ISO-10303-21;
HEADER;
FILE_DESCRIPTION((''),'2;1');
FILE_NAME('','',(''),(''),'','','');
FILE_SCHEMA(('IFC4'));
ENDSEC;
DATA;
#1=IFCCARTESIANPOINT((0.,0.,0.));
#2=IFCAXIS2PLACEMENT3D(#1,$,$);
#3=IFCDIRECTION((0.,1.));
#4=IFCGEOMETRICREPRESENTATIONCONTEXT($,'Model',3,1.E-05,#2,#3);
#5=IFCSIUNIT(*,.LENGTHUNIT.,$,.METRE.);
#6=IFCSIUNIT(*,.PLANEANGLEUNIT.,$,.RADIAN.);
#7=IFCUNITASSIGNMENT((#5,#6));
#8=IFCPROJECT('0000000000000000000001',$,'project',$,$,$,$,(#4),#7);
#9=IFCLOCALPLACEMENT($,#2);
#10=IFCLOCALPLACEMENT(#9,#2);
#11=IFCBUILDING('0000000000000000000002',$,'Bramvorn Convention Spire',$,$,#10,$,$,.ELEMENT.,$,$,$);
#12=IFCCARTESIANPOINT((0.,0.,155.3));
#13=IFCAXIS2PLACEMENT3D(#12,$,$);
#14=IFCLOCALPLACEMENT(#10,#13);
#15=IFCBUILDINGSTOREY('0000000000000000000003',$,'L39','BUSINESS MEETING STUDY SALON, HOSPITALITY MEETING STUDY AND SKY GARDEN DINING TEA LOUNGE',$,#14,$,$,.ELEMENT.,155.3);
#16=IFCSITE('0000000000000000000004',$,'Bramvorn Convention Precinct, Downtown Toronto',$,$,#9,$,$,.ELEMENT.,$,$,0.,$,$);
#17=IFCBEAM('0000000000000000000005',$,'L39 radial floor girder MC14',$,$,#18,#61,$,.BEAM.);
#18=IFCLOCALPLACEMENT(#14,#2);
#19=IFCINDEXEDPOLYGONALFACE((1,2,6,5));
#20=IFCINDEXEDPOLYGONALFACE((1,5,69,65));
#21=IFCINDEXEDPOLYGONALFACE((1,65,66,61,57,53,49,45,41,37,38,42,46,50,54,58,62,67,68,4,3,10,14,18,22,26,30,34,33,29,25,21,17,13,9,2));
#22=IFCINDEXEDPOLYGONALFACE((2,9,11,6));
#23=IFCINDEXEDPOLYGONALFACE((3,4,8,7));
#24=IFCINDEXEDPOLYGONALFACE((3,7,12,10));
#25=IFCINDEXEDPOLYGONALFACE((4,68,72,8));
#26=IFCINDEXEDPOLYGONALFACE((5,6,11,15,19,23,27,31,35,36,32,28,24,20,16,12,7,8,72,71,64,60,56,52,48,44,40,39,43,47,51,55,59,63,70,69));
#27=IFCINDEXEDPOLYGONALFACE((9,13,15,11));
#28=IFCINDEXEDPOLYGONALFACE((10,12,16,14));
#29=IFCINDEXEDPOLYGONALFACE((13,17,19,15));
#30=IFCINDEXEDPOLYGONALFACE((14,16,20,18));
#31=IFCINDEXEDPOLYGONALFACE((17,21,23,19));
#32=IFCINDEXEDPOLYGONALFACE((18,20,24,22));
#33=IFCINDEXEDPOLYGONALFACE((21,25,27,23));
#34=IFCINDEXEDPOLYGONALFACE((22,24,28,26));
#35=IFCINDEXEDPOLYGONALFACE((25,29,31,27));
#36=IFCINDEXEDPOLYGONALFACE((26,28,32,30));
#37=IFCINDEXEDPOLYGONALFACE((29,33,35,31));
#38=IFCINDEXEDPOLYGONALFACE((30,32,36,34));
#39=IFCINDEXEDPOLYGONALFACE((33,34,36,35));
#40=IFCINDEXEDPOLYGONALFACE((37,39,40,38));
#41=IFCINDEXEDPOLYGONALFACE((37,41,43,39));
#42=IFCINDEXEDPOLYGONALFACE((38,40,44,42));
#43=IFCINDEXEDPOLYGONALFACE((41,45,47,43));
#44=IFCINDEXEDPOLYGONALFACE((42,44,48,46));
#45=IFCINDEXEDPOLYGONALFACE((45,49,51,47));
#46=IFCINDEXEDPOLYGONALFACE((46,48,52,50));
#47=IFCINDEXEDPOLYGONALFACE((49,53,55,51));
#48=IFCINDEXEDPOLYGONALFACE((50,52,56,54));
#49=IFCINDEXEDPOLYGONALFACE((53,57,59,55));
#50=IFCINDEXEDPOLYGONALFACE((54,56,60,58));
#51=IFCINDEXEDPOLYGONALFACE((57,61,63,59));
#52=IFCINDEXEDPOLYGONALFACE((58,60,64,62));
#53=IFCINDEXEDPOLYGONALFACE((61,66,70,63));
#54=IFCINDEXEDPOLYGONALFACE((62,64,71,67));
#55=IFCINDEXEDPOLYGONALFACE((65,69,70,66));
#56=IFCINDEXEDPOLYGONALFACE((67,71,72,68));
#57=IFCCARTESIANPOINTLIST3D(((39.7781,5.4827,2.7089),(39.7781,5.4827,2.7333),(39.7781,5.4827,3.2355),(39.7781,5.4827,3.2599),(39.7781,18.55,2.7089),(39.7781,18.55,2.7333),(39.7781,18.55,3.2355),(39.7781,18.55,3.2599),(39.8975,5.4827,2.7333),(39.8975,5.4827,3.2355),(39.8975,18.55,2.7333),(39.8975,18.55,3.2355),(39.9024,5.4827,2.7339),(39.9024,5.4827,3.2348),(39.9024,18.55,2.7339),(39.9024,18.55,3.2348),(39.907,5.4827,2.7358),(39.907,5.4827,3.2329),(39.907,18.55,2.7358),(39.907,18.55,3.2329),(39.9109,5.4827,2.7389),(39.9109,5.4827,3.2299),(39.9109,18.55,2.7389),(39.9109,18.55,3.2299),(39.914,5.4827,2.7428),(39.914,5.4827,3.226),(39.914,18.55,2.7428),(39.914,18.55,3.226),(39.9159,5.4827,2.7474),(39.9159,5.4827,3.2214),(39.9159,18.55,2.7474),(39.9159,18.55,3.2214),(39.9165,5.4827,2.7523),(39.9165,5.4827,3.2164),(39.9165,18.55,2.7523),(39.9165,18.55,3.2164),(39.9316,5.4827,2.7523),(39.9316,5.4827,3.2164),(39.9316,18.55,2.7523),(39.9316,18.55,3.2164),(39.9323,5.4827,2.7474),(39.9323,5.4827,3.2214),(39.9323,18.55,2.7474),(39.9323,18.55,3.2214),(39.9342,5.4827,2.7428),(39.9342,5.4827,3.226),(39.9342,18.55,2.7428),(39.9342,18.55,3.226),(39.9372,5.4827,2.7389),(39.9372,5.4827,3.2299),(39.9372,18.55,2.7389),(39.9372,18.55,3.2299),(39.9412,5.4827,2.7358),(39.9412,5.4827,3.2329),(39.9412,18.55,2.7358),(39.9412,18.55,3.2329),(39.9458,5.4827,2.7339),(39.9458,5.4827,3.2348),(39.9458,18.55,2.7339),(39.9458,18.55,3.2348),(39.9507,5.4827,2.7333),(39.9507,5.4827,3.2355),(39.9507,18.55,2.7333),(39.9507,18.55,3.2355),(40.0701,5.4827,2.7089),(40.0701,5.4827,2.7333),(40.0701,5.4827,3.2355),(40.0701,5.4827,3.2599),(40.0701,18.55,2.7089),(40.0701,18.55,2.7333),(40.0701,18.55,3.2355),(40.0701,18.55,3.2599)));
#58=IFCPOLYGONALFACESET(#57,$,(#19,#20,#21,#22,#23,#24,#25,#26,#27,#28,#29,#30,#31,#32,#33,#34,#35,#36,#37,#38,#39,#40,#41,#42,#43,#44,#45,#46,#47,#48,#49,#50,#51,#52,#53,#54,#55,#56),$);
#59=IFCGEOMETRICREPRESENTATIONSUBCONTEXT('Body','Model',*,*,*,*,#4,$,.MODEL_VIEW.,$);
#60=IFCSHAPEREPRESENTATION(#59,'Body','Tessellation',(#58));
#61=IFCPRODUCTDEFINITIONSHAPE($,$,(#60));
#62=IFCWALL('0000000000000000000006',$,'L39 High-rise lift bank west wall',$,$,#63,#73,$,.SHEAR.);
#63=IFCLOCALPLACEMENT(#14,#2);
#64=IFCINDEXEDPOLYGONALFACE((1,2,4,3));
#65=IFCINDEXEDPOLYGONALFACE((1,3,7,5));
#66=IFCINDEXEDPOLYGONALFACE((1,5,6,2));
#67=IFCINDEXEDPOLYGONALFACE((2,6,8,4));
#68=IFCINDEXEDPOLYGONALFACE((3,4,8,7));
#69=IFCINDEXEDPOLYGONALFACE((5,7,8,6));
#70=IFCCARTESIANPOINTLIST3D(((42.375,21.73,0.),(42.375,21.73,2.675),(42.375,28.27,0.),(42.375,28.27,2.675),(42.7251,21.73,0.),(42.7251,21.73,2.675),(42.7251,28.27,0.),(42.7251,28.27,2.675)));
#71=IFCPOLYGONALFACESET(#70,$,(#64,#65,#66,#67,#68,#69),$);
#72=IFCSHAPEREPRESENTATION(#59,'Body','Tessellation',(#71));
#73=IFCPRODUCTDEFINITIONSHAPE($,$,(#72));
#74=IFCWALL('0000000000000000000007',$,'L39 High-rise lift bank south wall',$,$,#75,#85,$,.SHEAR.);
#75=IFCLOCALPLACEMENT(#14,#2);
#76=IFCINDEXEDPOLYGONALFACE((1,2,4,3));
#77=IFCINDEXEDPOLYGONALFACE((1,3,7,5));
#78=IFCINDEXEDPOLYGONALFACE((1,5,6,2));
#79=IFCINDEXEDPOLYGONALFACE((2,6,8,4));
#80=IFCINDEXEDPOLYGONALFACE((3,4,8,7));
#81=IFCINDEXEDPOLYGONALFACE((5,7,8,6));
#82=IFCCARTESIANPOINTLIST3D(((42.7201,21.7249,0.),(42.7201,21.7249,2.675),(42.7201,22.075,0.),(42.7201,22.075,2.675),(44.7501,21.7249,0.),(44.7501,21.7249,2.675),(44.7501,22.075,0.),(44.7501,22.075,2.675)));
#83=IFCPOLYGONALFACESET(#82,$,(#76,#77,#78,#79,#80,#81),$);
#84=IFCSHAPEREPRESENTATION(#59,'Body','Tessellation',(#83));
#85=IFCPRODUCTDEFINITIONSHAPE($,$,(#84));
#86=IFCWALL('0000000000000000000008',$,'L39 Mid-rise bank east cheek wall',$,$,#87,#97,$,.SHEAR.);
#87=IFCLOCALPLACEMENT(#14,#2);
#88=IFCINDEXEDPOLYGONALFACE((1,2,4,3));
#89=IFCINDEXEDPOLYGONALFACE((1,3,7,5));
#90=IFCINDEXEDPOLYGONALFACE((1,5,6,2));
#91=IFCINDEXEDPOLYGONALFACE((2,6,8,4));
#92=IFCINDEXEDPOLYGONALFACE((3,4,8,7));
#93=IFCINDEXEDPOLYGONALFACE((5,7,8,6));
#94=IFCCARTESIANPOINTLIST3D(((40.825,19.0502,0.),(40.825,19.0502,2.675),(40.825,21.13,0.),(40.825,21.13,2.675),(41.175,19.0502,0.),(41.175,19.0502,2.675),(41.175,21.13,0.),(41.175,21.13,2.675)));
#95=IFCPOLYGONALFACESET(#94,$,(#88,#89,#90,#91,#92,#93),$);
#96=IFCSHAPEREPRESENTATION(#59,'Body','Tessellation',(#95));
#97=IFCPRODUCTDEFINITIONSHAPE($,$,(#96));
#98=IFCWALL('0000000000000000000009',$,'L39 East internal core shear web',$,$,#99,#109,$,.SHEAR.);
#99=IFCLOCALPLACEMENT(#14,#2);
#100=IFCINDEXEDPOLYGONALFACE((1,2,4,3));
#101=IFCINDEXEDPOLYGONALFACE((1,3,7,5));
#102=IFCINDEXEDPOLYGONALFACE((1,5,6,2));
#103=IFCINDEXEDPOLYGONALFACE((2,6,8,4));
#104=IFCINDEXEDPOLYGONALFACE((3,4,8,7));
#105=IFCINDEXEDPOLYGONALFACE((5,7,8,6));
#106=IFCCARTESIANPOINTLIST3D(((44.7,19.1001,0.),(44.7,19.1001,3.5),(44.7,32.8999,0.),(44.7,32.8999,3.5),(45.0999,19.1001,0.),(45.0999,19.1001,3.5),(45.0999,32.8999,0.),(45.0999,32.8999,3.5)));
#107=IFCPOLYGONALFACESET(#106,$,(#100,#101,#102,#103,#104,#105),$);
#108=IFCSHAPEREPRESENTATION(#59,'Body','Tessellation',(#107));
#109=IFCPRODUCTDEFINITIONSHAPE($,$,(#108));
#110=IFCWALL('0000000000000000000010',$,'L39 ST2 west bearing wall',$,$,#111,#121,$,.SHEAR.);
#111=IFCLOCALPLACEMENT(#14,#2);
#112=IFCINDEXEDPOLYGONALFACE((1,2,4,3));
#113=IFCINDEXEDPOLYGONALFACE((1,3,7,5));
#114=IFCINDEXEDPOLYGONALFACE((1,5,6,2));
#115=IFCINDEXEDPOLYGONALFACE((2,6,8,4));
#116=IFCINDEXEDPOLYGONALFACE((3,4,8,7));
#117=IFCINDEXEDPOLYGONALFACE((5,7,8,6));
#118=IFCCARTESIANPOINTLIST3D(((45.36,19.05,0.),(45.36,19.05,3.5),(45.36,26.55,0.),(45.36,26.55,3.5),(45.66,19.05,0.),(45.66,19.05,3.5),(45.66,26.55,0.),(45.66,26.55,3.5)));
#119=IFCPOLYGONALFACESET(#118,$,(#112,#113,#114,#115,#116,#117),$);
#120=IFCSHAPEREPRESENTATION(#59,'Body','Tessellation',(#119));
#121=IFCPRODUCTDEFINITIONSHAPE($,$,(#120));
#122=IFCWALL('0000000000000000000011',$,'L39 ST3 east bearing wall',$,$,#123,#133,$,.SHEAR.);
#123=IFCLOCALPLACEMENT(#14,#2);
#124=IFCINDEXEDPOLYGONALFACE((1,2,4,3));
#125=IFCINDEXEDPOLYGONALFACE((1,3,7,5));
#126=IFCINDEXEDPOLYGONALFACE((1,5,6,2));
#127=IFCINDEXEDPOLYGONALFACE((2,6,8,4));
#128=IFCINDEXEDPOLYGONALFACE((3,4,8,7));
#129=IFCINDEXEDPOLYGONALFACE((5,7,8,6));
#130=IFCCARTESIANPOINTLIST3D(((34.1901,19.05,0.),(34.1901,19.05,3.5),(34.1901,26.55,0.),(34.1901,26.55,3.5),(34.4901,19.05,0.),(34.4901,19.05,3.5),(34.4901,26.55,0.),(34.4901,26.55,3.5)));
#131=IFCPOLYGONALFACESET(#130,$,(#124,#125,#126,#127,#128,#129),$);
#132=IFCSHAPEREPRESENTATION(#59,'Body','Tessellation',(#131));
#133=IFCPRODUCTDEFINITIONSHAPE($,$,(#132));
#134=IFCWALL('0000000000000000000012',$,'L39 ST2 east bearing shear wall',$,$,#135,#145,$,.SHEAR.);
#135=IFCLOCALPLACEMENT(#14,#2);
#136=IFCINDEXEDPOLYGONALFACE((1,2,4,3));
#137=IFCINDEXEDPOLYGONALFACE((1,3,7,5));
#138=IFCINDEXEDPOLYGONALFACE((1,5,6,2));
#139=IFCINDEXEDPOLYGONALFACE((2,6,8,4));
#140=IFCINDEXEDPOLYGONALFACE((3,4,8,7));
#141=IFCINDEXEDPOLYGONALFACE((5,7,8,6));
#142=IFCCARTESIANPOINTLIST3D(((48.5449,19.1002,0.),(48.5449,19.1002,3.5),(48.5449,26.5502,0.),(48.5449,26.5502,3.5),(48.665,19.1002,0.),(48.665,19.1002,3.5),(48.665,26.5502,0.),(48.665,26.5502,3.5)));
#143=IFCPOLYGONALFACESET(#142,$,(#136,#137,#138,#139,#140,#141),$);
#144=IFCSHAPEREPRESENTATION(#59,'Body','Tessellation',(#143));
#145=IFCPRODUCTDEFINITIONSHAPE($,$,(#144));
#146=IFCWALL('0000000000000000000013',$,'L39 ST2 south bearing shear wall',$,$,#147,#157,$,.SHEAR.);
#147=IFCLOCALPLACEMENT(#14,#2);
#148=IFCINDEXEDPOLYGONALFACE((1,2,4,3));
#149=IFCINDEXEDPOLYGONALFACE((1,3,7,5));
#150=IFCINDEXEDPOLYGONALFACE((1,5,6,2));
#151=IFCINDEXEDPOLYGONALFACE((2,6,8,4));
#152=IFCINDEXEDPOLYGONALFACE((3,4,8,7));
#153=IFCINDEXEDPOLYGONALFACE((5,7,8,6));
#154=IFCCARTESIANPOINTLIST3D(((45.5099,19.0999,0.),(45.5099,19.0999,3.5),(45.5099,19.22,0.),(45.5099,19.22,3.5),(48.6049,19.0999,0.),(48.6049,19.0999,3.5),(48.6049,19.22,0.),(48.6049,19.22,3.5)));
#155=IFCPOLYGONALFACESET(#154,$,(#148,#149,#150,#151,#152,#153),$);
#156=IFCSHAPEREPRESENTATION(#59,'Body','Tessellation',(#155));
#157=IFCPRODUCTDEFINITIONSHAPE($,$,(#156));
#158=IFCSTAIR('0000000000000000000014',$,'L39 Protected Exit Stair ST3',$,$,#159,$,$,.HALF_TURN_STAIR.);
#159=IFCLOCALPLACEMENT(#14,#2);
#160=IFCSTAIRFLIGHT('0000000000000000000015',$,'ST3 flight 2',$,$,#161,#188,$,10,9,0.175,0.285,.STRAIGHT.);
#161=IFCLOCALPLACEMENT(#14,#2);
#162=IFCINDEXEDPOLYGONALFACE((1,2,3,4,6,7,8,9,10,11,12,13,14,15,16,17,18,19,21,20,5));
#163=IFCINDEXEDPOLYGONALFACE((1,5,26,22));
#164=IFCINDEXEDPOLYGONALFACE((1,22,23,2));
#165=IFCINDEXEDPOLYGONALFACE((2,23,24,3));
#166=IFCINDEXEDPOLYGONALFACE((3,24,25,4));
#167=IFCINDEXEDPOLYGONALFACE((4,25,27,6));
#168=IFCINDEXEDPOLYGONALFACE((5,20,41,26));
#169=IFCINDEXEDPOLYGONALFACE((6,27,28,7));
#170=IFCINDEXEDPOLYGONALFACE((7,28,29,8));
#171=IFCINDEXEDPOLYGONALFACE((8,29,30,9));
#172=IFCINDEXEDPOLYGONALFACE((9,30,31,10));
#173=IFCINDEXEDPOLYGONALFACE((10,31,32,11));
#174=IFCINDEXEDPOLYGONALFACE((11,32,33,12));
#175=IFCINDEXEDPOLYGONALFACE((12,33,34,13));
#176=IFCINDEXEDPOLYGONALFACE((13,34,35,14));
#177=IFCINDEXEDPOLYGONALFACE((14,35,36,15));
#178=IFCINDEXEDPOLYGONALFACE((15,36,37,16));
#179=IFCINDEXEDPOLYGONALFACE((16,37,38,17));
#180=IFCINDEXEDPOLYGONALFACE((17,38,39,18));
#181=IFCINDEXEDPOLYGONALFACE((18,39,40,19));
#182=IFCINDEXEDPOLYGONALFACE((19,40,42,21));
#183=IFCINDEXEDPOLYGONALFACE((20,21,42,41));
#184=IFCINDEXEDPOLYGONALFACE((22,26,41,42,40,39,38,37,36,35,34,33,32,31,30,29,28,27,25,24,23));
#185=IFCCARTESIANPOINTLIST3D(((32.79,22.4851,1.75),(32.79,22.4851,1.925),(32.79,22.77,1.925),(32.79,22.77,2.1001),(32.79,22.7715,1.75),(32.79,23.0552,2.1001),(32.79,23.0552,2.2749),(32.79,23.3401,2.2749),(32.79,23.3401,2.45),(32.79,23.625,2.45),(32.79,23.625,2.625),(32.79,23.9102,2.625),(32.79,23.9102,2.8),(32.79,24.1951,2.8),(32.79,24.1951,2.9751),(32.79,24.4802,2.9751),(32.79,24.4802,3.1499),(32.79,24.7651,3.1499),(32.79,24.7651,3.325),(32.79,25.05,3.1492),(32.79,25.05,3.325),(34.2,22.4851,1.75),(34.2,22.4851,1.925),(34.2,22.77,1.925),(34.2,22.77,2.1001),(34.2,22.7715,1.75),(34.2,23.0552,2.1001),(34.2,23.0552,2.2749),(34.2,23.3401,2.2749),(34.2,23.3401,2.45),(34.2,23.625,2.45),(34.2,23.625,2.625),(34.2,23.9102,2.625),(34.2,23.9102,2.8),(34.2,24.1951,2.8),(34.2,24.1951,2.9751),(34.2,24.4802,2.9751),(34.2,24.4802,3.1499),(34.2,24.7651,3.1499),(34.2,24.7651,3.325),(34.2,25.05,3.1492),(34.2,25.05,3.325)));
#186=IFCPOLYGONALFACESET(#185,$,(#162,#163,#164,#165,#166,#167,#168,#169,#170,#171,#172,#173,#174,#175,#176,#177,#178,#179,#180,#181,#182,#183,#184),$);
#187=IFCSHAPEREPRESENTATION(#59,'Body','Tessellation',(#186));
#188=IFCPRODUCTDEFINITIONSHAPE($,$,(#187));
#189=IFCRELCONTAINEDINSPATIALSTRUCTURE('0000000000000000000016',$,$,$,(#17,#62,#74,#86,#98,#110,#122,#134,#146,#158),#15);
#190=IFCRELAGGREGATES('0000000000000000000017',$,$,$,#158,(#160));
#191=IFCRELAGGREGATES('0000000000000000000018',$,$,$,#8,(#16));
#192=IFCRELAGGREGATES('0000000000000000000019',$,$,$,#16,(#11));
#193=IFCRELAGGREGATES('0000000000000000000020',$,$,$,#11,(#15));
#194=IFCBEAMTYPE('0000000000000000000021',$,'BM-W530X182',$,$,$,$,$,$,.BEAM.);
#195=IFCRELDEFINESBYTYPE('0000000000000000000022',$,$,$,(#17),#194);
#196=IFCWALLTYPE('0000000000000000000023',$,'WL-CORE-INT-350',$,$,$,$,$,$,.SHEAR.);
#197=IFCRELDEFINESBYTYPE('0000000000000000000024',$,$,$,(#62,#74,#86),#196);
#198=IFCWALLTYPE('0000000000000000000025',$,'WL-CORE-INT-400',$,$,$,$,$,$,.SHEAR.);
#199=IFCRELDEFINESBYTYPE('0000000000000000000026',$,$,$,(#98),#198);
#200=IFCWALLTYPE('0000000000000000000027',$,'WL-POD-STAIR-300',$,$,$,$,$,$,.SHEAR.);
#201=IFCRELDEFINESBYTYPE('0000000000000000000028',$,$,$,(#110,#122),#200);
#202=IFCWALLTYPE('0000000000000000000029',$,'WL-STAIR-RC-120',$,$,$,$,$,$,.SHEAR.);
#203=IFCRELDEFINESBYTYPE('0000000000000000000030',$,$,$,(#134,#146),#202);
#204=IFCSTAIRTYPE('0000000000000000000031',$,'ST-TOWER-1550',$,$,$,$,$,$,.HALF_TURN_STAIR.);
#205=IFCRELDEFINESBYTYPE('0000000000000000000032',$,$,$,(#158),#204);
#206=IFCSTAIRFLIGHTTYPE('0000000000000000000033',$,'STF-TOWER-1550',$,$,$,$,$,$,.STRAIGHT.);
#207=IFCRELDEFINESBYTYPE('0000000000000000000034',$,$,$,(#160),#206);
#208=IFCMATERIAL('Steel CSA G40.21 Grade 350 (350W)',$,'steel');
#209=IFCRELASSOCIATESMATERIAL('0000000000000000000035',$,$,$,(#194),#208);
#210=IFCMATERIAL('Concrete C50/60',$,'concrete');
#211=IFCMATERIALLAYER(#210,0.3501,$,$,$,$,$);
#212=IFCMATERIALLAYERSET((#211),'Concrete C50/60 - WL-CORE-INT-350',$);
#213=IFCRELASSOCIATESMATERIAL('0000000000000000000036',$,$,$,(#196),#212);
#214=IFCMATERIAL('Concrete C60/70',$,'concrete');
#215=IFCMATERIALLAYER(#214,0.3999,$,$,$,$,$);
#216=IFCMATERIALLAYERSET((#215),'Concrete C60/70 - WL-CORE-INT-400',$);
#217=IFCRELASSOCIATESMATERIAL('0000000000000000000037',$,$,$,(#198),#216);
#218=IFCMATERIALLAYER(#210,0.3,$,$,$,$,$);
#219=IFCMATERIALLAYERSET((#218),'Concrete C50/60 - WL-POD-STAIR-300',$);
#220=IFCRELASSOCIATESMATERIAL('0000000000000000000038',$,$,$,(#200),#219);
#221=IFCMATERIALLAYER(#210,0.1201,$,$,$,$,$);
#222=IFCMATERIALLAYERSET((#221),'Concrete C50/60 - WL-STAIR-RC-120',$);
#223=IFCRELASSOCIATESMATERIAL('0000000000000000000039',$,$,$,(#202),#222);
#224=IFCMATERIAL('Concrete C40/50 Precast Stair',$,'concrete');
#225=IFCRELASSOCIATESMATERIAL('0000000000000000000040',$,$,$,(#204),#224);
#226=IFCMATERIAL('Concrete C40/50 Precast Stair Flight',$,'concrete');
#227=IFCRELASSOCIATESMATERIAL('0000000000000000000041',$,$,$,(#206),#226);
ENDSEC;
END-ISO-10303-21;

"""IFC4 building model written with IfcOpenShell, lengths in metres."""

from ifc_helpers import new_model, si_unit, direction, frame, frame_2d, origin, origin_2d, place, context, subcontext, project, spatial, polyline, rectangle, i_section, outline, extrude, material, layer, layer_set, material_profile, profile_set, type_object, element, aggregate, save


model = new_model("IFC4")

# Units and contexts
model_context = context("Model", 3, precision=1e-05, world=origin(), true_north=direction((0.0, 1.0)))
body_context = subcontext(model_context, "Body", "Model", "MODEL_VIEW")
ifc_project = project(units=[si_unit("LENGTHUNIT", "METRE"), si_unit("PLANEANGLEUNIT", "RADIAN")], contexts=[model_context])

# Site, building, storey
site_placement = place(None, origin())
site = spatial("IfcSite", under=ifc_project, at=site_placement, Name="Bramvorn Convention Precinct, Downtown Toronto", CompositionType="ELEMENT", RefElevation=0.0)
building_placement = place(site_placement, origin())
building = spatial("IfcBuilding", under=site, at=building_placement, Name="Bramvorn Convention Spire", CompositionType="ELEMENT")
storey_placement = place(building_placement, frame((0.0, 0.0, 155.3)))
storey = spatial("IfcBuildingStorey", under=building, at=storey_placement, Name="L39", Description="BUSINESS MEETING STUDY SALON, HOSPITALITY MEETING STUDY AND SKY GARDEN DINING TEA LOUNGE", CompositionType="ELEMENT", Elevation=155.3)

# Beam
ifc_material_1 = material(Name="Steel CSA G40.21 Grade 350 (350W)", Category="steel")
ifc_material_profile = material_profile(ifc_material_1, i_section(OverallWidth=0.292, OverallDepth=0.551, WebThickness=0.0151, FlangeThickness=0.0244, FilletRadius=0.019, at=origin_2d()))
ifc_profile_set = profile_set([ifc_material_profile], Name="Steel CSA G40.21 Grade 350 (350W) - W530X182")
beam_type = type_object("IfcBeamType", Name="BM-W530X182", PredefinedType="BEAM", material=ifc_profile_set)
beam_placement = place(storey_placement, frame((39.9241, 18.55, 2.9844), z_axis=(0.0, -1.0, 0.0), x_axis=(1.0, 0.0, 0.0)))
element("IfcBeam", 1, at=beam_placement, inside=storey, type_object=beam_type, Name="L39 radial floor girder MC14", PredefinedType="BEAM", context=body_context, shape_type="SweptSolid", body=[
    extrude(i_section(OverallWidth=0.292, OverallDepth=0.551, WebThickness=0.0151, FlangeThickness=0.0244, FilletRadius=0.019, at=origin_2d()), origin(), (0.0, 0.0, 1.0), 13.0674),
])

# Shared definitions
ifc_material_2 = material(Name="Concrete C60/70", Category="concrete")

# Walls
ifc_material_3 = material(Name="Concrete C50/60", Category="concrete")
ifc_layer_1 = layer(ifc_material_3, 0.3501)
ifc_layer_set_1 = layer_set([ifc_layer_1], Name="Concrete C50/60 - WL-CORE-INT-350")
wall_type_1 = type_object("IfcWallType", Name="WL-CORE-INT-350", PredefinedType="SHEAR", material=ifc_layer_set_1)
wall_1_placement = place(storey_placement, frame((42.55, 21.73, 0.0), z_axis=(0.0, 0.0, 1.0), x_axis=(0.0, 1.0, 0.0)))
element("IfcWall", 2, at=wall_1_placement, inside=storey, type_object=wall_type_1, Name="L39 High-rise lift bank west wall", PredefinedType="SHEAR", context=body_context, shape_type="SweptSolid", body=[
    extrude(rectangle(XDim=6.54, YDim=0.3501, at=frame_2d((3.27, 0.0))), origin(), (0.0, 0.0, 1.0), 2.675),
])
wall_2_placement = place(storey_placement, frame((42.72, 21.8999, 0.0), z_axis=(0.0, 0.0, 1.0), x_axis=(1.0, 0.0, 0.0)))
element("IfcWall", 3, at=wall_2_placement, inside=storey, type_object=wall_type_1, Name="L39 High-rise lift bank south wall", PredefinedType="SHEAR", context=body_context, shape_type="SweptSolid", body=[
    extrude(rectangle(XDim=2.03, YDim=0.3501, at=frame_2d((1.0151, 0.0))), origin(), (0.0, 0.0, 1.0), 2.675),
])

# Walls
wall_3_placement = place(storey_placement, frame((41.0, 19.05, 0.0), z_axis=(0.0, 0.0, 1.0), x_axis=(0.0, 1.0, 0.0)))
element("IfcWall", 4, at=wall_3_placement, inside=storey, type_object=wall_type_1, Name="L39 Mid-rise bank east cheek wall", PredefinedType="SHEAR", context=body_context, shape_type="SweptSolid", body=[
    extrude(rectangle(XDim=2.0798, YDim=0.3501, at=frame_2d((1.04, 0.0))), origin(), (0.0, 0.0, 1.0), 2.675),
])
ifc_layer_2 = layer(ifc_material_2, 0.3999)
ifc_layer_set_2 = layer_set([ifc_layer_2], Name="Concrete C60/70 - WL-CORE-INT-400")
wall_type_2 = type_object("IfcWallType", Name="WL-CORE-INT-400", PredefinedType="SHEAR", material=ifc_layer_set_2)
wall_4_placement = place(storey_placement, frame((44.8999, 19.1001, 0.0), z_axis=(0.0, 0.0, 1.0), x_axis=(0.0, 1.0, 0.0)))
element("IfcWall", 5, at=wall_4_placement, inside=storey, type_object=wall_type_2, Name="L39 East internal core shear web", PredefinedType="SHEAR", context=body_context, shape_type="SweptSolid", body=[
    extrude(rectangle(XDim=13.7998, YDim=0.3999, at=frame_2d((6.8999, 0.0))), origin(), (0.0, 0.0, 1.0), 3.5),
])
ifc_layer_3 = layer(ifc_material_3, 0.3)
ifc_layer_set_3 = layer_set([ifc_layer_3], Name="Concrete C50/60 - WL-POD-STAIR-300")
wall_type_3 = type_object("IfcWallType", Name="WL-POD-STAIR-300", PredefinedType="SHEAR", material=ifc_layer_set_3)
for number, where, z_axis, x_axis, name in (
    (6, (45.51, 19.05, 0.0), (0.0, 0.0, 1.0), (0.0, 1.0, 0.0), "L39 ST2 west bearing wall"),
    (7, (34.3401, 19.05, 0.0), (0.0, 0.0, 1.0), (0.0, 1.0, 0.0), "L39 ST3 east bearing wall"),
):
    element("IfcWall", number, at=place(storey_placement, frame(where, z_axis=z_axis, x_axis=x_axis)), inside=storey, type_object=wall_type_3, Name=name, PredefinedType="SHEAR", context=body_context, shape_type="SweptSolid", body=[
        extrude(rectangle(XDim=7.5, YDim=0.3, at=frame_2d((3.75, 0.0))), origin(), (0.0, 0.0, 1.0), 3.5),
    ])
ifc_layer_4 = layer(ifc_material_3, 0.1201)
ifc_layer_set_4 = layer_set([ifc_layer_4], Name="Concrete C50/60 - WL-STAIR-RC-120")
wall_type_4 = type_object("IfcWallType", Name="WL-STAIR-RC-120", PredefinedType="SHEAR", material=ifc_layer_set_4)
wall_5_placement = place(storey_placement, frame((48.605, 19.1001, 0.0), z_axis=(0.0, 0.0, 1.0), x_axis=(0.0, 1.0, 0.0)))
element("IfcWall", 8, at=wall_5_placement, inside=storey, type_object=wall_type_4, Name="L39 ST2 east bearing shear wall", PredefinedType="SHEAR", context=body_context, shape_type="SweptSolid", body=[
    extrude(rectangle(XDim=7.45, YDim=0.1201, at=frame_2d((3.7251, 0.0))), origin(), (0.0, 0.0, 1.0), 3.5),
])
wall_6_placement = place(storey_placement, frame((45.51, 19.1599, 0.0), z_axis=(0.0, 0.0, 1.0), x_axis=(1.0, 0.0, 0.0)))
element("IfcWall", 9, at=wall_6_placement, inside=storey, type_object=wall_type_4, Name="L39 ST2 south bearing shear wall", PredefinedType="SHEAR", context=body_context, shape_type="SweptSolid", body=[
    extrude(rectangle(XDim=3.095, YDim=0.1201, at=frame_2d((1.5474, 0.0))), origin(), (0.0, 0.0, 1.0), 3.5),
])

# Stair, stair flight
ifc_material_4 = material(Name="Concrete C40/50 Precast Stair", Category="concrete")
stair_type = type_object("IfcStairType", Name="ST-TOWER-1550", PredefinedType="HALF_TURN_STAIR", material=ifc_material_4)
stair_placement = place(storey_placement, origin())
stair = element("IfcStair", 10, at=stair_placement, inside=storey, type_object=stair_type, Name="L39 Protected Exit Stair ST3", PredefinedType="HALF_TURN_STAIR")
ifc_material_5 = material(Name="Concrete C40/50 Precast Stair Flight", Category="concrete")
stair_flight_type = type_object("IfcStairFlightType", Name="STF-TOWER-1550", PredefinedType="STRAIGHT", material=ifc_material_5)
stair_flight_placement = place(storey_placement, frame((33.4951, 22.4851, 1.75), z_axis=(0.0, 0.0, 1.0), x_axis=(0.0, 1.0, 0.0)))
stair_flight = element("IfcStairFlight", 11, at=stair_flight_placement, type_object=stair_flight_type, Name="ST3 flight 2", NumberOfRisers=10, NumberOfTreads=9, PredefinedType="STRAIGHT", RiserHeight=0.175, TreadLength=0.285, context=body_context, shape_type="SweptSolid", body=[
    extrude(outline(polyline([(0.0, 0.0), (0.0, 0.175), (0.2849, 0.175), (0.2849, 0.3501), (0.5701, 0.3501), (0.5701, 0.5249), (0.855, 0.5249), (0.855, 0.7), (1.1399, 0.7), (1.1399, 0.875), (1.425, 0.875), (1.425, 1.05), (1.71, 1.05), (1.71, 1.2251), (1.9951, 1.2251), (1.9951, 1.3999), (2.28, 1.3999), (2.28, 1.575), (2.5649, 1.575), (2.5649, 1.75), (2.5649, 1.3992), (0.2864, 0.0), (0.0, 0.0)])), frame((0.0, 0.7051, 0.0), z_axis=(0.0, -1.0, 0.0), x_axis=(1.0, 0.0, 0.0)), (0.0, 0.0, 1.0), 1.4099),
])
aggregate(stair, [stair_flight])

save(model, "model.ifc")
